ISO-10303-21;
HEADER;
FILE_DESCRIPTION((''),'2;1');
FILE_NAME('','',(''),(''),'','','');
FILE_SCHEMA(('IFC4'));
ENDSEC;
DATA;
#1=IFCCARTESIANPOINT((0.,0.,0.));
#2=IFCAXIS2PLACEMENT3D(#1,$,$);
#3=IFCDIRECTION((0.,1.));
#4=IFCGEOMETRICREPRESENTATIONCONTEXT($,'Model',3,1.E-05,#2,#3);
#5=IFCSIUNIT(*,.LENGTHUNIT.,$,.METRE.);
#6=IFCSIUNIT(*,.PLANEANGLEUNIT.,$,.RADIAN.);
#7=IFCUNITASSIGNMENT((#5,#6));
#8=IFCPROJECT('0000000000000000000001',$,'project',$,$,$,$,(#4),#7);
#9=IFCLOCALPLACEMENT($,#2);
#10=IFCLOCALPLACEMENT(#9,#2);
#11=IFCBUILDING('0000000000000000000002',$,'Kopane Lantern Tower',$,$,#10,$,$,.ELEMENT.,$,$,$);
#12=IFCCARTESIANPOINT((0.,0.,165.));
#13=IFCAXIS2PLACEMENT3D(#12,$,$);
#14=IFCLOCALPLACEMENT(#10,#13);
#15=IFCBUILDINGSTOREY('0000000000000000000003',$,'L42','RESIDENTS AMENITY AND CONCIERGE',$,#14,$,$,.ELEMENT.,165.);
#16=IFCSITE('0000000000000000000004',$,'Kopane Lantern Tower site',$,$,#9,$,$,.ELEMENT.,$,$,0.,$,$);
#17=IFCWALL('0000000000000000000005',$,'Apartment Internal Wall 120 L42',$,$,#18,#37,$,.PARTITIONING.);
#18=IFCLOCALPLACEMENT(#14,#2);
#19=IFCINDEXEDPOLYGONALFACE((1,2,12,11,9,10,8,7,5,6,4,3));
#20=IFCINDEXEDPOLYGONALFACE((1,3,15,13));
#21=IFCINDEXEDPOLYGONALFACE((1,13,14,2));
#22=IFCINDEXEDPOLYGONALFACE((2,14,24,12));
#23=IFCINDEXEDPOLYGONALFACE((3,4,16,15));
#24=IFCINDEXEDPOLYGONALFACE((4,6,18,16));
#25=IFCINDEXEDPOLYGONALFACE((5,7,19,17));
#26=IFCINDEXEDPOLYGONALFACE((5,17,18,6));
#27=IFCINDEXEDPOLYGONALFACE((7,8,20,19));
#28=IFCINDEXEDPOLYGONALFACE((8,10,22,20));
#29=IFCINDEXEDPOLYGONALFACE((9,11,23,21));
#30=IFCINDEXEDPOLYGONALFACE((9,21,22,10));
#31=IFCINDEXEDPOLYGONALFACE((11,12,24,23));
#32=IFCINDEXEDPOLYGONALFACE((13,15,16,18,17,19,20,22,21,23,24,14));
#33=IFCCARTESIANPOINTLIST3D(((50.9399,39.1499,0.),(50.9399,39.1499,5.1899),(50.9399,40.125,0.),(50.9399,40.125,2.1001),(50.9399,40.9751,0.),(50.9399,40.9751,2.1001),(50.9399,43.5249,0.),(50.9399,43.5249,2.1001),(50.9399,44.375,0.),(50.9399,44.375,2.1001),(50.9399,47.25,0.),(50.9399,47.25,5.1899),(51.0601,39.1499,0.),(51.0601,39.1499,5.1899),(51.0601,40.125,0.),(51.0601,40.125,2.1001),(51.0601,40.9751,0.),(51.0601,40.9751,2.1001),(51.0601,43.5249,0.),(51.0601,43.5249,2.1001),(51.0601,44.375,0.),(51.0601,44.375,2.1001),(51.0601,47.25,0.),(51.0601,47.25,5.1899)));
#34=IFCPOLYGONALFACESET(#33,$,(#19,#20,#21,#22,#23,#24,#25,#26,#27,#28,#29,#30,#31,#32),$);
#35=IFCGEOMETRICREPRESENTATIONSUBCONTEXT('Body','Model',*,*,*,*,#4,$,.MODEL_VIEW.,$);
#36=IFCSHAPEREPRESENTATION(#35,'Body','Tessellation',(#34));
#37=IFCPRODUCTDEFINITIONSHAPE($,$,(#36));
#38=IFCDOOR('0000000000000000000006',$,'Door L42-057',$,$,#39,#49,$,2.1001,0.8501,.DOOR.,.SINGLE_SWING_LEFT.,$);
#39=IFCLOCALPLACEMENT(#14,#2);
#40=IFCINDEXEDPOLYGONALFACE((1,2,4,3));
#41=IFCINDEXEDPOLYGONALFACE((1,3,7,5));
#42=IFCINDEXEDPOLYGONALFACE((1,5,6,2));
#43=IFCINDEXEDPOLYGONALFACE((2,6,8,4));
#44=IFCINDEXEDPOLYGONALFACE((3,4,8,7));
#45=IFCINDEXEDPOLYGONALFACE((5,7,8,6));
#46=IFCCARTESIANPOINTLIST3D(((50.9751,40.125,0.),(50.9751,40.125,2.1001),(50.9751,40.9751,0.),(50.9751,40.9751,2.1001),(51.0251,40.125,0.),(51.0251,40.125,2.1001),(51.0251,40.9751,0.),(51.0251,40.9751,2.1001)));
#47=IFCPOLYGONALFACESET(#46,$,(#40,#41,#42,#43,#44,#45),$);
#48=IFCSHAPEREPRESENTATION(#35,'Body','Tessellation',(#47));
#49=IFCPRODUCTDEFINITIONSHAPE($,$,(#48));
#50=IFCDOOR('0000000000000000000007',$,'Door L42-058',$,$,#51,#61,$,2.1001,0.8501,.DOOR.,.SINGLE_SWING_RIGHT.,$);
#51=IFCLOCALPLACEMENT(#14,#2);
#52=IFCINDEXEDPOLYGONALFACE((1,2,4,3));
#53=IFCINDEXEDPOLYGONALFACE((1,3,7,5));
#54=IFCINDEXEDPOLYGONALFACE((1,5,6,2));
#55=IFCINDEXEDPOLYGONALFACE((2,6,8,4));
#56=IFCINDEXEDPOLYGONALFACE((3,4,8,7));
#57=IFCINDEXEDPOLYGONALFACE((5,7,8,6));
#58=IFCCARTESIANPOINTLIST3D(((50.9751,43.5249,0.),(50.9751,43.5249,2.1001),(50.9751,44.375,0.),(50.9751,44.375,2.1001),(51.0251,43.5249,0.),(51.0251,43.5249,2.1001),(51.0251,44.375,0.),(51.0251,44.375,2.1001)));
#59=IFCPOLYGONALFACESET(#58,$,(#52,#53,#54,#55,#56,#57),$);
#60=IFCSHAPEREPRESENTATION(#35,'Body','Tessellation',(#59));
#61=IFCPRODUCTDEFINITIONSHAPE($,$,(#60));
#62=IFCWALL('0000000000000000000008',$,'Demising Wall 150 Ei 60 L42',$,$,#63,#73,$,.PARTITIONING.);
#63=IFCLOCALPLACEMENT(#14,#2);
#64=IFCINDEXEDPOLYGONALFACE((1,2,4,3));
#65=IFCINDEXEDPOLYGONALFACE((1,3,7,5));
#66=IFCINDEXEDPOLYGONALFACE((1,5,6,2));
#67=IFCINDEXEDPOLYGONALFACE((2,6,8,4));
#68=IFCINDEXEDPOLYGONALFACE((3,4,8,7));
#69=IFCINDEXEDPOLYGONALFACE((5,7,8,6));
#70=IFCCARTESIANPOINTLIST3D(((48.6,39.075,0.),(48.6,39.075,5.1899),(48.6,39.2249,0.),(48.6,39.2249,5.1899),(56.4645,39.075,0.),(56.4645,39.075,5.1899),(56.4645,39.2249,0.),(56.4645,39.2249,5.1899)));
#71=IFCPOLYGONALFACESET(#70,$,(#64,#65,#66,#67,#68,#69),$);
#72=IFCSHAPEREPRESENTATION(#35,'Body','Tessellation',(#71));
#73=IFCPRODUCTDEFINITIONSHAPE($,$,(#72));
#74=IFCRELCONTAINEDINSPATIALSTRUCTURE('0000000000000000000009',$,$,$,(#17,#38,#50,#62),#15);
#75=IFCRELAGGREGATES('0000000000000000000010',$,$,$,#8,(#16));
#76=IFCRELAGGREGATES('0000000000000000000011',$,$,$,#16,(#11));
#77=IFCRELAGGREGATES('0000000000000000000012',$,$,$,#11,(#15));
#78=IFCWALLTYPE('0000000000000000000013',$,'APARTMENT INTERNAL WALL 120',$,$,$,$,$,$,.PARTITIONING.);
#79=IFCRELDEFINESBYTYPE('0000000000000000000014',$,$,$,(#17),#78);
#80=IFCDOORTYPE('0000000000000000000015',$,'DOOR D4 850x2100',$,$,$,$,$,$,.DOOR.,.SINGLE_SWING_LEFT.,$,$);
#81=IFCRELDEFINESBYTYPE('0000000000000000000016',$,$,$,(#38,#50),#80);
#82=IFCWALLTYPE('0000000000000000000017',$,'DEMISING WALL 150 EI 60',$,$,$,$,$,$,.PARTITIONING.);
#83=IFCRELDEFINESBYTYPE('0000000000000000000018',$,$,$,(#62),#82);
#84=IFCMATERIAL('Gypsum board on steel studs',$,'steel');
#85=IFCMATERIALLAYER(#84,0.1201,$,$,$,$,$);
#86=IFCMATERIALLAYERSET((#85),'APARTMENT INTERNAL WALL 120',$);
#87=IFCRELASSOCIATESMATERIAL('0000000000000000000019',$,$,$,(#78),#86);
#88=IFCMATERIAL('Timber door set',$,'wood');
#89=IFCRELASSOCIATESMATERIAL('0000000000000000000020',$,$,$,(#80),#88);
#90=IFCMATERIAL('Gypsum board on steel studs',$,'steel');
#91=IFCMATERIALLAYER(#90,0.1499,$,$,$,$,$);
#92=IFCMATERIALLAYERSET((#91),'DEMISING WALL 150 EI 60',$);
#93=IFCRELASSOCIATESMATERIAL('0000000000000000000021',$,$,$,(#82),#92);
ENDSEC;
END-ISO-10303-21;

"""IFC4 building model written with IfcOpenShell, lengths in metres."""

from ifc_helpers import new_model, si_unit, direction, frame, frame_2d, origin, place, context, subcontext, project, spatial, rectangle, extrude, material, layer, layer_set, type_object, element, fill, save


model = new_model("IFC4")

# Units and contexts
model_context = context("Model", 3, precision=1e-05, world=origin(), true_north=direction((0.0, 1.0)))
body_context = subcontext(model_context, "Body", "Model", "MODEL_VIEW")
ifc_project = project(units=[si_unit("LENGTHUNIT", "METRE"), si_unit("PLANEANGLEUNIT", "RADIAN")], contexts=[model_context])

# Site, building, storey
site_placement = place(None, origin())
site = spatial("IfcSite", under=ifc_project, at=site_placement, Name="Kopane Lantern Tower site", CompositionType="ELEMENT", RefElevation=0.0)
building_placement = place(site_placement, origin())
building = spatial("IfcBuilding", under=site, at=building_placement, Name="Kopane Lantern Tower", CompositionType="ELEMENT")
storey_placement = place(building_placement, frame((0.0, 0.0, 165.0)))
storey = spatial("IfcBuildingStorey", under=building, at=storey_placement, Name="L42", Description="RESIDENTS AMENITY AND CONCIERGE", CompositionType="ELEMENT", Elevation=165.0)

# Wall, openings, doors
ifc_material_1 = material(Name="Gypsum board on steel studs", Category="steel")
ifc_layer_1 = layer(ifc_material_1, 0.1201)
ifc_layer_set_1 = layer_set([ifc_layer_1], Name="APARTMENT INTERNAL WALL 120")
wall_type_1 = type_object("IfcWallType", Name="APARTMENT INTERNAL WALL 120", PredefinedType="PARTITIONING", material=ifc_layer_set_1)
wall_1_placement = place(storey_placement, frame((51.0, 39.1499, 0.0), z_axis=(0.0, 0.0, 1.0), x_axis=(0.0, 1.0, 0.0)))
wall_1 = element("IfcWall", 1, at=wall_1_placement, inside=storey, type_object=wall_type_1, Name="Apartment Internal Wall 120 L42", PredefinedType="PARTITIONING", context=body_context, shape_type="SweptSolid", body=[
    extrude(rectangle(XDim=8.1001, YDim=0.1201, at=frame_2d((4.05, 0.0))), origin(), (0.0, 0.0, 1.0), 5.1899),
])
opening_1_placement = place(wall_1_placement, frame((0.9751, 0.0, 0.0)))
opening_1 = element("IfcOpeningElement", 2, at=opening_1_placement, cuts=wall_1, PredefinedType="OPENING", context=body_context, shape_type="SweptSolid", body=[
    extrude(rectangle(XDim=0.8501, YDim=2.1001, at=frame_2d((0.425, 1.05))), frame((0.0, 0.0701, 0.0), z_axis=(0.0, -1.0, 0.0), x_axis=(1.0, 0.0, 0.0)), (0.0, 0.0, 1.0), 0.1401),
])
opening_2_placement = place(wall_1_placement, frame((4.375, 0.0, 0.0)))
opening_2 = element("IfcOpeningElement", 3, at=opening_2_placement, cuts=wall_1, PredefinedType="OPENING", context=body_context, shape_type="SweptSolid", body=[
    extrude(rectangle(XDim=0.8501, YDim=2.1001, at=frame_2d((0.425, 1.05))), frame((0.0, 0.0701, 0.0), z_axis=(0.0, -1.0, 0.0), x_axis=(1.0, 0.0, 0.0)), (0.0, 0.0, 1.0), 0.1401),
])
ifc_material_2 = material(Name="Timber door set", Category="wood")
door_type = type_object("IfcDoorType", Name="DOOR D4 850x2100", OperationType="SINGLE_SWING_LEFT", PredefinedType="DOOR", material=ifc_material_2)
door_1_placement = place(opening_1_placement, origin())
door_1 = element("IfcDoor", 4, at=door_1_placement, inside=storey, type_object=door_type, Name="Door L42-057", OperationType="SINGLE_SWING_LEFT", OverallHeight=2.1001, OverallWidth=0.8501, PredefinedType="DOOR", context=body_context, shape_type="SweptSolid", body=[
    extrude(rectangle(XDim=0.8501, YDim=2.1001, at=frame_2d((0.425, 1.05))), frame((0.0, 0.0249, 0.0), z_axis=(0.0, -1.0, 0.0), x_axis=(1.0, 0.0, 0.0)), (0.0, 0.0, 1.0), 0.05),
])
fill(opening_1, door_1)
door_2_placement = place(opening_2_placement, origin())
door_2 = element("IfcDoor", 5, at=door_2_placement, inside=storey, type_object=door_type, Name="Door L42-058", OperationType="SINGLE_SWING_RIGHT", OverallHeight=2.1001, OverallWidth=0.8501, PredefinedType="DOOR", context=body_context, shape_type="SweptSolid", body=[
    extrude(rectangle(XDim=0.8501, YDim=2.1001, at=frame_2d((0.425, 1.05))), frame((0.0, 0.0249, 0.0), z_axis=(0.0, -1.0, 0.0), x_axis=(1.0, 0.0, 0.0)), (0.0, 0.0, 1.0), 0.05),
])
fill(opening_2, door_2)

# Wall
ifc_material_3 = material(Name="Gypsum board on steel studs", Category="steel")
ifc_layer_2 = layer(ifc_material_3, 0.1499)
ifc_layer_set_2 = layer_set([ifc_layer_2], Name="DEMISING WALL 150 EI 60")
wall_type_2 = type_object("IfcWallType", Name="DEMISING WALL 150 EI 60", PredefinedType="PARTITIONING", material=ifc_layer_set_2)
wall_2_placement = place(storey_placement, frame((48.6001, 39.1499, 0.0), z_axis=(0.0, 0.0, 1.0), x_axis=(1.0, 0.0, 0.0)))
element("IfcWall", 6, at=wall_2_placement, inside=storey, type_object=wall_type_2, Name="Demising Wall 150 Ei 60 L42", PredefinedType="PARTITIONING", context=body_context, shape_type="SweptSolid", body=[
    extrude(rectangle(XDim=7.8645, YDim=0.1499, at=frame_2d((3.9321, 0.0))), origin(), (0.0, 0.0, 1.0), 5.1899),
])

save(model, "model.ifc")
